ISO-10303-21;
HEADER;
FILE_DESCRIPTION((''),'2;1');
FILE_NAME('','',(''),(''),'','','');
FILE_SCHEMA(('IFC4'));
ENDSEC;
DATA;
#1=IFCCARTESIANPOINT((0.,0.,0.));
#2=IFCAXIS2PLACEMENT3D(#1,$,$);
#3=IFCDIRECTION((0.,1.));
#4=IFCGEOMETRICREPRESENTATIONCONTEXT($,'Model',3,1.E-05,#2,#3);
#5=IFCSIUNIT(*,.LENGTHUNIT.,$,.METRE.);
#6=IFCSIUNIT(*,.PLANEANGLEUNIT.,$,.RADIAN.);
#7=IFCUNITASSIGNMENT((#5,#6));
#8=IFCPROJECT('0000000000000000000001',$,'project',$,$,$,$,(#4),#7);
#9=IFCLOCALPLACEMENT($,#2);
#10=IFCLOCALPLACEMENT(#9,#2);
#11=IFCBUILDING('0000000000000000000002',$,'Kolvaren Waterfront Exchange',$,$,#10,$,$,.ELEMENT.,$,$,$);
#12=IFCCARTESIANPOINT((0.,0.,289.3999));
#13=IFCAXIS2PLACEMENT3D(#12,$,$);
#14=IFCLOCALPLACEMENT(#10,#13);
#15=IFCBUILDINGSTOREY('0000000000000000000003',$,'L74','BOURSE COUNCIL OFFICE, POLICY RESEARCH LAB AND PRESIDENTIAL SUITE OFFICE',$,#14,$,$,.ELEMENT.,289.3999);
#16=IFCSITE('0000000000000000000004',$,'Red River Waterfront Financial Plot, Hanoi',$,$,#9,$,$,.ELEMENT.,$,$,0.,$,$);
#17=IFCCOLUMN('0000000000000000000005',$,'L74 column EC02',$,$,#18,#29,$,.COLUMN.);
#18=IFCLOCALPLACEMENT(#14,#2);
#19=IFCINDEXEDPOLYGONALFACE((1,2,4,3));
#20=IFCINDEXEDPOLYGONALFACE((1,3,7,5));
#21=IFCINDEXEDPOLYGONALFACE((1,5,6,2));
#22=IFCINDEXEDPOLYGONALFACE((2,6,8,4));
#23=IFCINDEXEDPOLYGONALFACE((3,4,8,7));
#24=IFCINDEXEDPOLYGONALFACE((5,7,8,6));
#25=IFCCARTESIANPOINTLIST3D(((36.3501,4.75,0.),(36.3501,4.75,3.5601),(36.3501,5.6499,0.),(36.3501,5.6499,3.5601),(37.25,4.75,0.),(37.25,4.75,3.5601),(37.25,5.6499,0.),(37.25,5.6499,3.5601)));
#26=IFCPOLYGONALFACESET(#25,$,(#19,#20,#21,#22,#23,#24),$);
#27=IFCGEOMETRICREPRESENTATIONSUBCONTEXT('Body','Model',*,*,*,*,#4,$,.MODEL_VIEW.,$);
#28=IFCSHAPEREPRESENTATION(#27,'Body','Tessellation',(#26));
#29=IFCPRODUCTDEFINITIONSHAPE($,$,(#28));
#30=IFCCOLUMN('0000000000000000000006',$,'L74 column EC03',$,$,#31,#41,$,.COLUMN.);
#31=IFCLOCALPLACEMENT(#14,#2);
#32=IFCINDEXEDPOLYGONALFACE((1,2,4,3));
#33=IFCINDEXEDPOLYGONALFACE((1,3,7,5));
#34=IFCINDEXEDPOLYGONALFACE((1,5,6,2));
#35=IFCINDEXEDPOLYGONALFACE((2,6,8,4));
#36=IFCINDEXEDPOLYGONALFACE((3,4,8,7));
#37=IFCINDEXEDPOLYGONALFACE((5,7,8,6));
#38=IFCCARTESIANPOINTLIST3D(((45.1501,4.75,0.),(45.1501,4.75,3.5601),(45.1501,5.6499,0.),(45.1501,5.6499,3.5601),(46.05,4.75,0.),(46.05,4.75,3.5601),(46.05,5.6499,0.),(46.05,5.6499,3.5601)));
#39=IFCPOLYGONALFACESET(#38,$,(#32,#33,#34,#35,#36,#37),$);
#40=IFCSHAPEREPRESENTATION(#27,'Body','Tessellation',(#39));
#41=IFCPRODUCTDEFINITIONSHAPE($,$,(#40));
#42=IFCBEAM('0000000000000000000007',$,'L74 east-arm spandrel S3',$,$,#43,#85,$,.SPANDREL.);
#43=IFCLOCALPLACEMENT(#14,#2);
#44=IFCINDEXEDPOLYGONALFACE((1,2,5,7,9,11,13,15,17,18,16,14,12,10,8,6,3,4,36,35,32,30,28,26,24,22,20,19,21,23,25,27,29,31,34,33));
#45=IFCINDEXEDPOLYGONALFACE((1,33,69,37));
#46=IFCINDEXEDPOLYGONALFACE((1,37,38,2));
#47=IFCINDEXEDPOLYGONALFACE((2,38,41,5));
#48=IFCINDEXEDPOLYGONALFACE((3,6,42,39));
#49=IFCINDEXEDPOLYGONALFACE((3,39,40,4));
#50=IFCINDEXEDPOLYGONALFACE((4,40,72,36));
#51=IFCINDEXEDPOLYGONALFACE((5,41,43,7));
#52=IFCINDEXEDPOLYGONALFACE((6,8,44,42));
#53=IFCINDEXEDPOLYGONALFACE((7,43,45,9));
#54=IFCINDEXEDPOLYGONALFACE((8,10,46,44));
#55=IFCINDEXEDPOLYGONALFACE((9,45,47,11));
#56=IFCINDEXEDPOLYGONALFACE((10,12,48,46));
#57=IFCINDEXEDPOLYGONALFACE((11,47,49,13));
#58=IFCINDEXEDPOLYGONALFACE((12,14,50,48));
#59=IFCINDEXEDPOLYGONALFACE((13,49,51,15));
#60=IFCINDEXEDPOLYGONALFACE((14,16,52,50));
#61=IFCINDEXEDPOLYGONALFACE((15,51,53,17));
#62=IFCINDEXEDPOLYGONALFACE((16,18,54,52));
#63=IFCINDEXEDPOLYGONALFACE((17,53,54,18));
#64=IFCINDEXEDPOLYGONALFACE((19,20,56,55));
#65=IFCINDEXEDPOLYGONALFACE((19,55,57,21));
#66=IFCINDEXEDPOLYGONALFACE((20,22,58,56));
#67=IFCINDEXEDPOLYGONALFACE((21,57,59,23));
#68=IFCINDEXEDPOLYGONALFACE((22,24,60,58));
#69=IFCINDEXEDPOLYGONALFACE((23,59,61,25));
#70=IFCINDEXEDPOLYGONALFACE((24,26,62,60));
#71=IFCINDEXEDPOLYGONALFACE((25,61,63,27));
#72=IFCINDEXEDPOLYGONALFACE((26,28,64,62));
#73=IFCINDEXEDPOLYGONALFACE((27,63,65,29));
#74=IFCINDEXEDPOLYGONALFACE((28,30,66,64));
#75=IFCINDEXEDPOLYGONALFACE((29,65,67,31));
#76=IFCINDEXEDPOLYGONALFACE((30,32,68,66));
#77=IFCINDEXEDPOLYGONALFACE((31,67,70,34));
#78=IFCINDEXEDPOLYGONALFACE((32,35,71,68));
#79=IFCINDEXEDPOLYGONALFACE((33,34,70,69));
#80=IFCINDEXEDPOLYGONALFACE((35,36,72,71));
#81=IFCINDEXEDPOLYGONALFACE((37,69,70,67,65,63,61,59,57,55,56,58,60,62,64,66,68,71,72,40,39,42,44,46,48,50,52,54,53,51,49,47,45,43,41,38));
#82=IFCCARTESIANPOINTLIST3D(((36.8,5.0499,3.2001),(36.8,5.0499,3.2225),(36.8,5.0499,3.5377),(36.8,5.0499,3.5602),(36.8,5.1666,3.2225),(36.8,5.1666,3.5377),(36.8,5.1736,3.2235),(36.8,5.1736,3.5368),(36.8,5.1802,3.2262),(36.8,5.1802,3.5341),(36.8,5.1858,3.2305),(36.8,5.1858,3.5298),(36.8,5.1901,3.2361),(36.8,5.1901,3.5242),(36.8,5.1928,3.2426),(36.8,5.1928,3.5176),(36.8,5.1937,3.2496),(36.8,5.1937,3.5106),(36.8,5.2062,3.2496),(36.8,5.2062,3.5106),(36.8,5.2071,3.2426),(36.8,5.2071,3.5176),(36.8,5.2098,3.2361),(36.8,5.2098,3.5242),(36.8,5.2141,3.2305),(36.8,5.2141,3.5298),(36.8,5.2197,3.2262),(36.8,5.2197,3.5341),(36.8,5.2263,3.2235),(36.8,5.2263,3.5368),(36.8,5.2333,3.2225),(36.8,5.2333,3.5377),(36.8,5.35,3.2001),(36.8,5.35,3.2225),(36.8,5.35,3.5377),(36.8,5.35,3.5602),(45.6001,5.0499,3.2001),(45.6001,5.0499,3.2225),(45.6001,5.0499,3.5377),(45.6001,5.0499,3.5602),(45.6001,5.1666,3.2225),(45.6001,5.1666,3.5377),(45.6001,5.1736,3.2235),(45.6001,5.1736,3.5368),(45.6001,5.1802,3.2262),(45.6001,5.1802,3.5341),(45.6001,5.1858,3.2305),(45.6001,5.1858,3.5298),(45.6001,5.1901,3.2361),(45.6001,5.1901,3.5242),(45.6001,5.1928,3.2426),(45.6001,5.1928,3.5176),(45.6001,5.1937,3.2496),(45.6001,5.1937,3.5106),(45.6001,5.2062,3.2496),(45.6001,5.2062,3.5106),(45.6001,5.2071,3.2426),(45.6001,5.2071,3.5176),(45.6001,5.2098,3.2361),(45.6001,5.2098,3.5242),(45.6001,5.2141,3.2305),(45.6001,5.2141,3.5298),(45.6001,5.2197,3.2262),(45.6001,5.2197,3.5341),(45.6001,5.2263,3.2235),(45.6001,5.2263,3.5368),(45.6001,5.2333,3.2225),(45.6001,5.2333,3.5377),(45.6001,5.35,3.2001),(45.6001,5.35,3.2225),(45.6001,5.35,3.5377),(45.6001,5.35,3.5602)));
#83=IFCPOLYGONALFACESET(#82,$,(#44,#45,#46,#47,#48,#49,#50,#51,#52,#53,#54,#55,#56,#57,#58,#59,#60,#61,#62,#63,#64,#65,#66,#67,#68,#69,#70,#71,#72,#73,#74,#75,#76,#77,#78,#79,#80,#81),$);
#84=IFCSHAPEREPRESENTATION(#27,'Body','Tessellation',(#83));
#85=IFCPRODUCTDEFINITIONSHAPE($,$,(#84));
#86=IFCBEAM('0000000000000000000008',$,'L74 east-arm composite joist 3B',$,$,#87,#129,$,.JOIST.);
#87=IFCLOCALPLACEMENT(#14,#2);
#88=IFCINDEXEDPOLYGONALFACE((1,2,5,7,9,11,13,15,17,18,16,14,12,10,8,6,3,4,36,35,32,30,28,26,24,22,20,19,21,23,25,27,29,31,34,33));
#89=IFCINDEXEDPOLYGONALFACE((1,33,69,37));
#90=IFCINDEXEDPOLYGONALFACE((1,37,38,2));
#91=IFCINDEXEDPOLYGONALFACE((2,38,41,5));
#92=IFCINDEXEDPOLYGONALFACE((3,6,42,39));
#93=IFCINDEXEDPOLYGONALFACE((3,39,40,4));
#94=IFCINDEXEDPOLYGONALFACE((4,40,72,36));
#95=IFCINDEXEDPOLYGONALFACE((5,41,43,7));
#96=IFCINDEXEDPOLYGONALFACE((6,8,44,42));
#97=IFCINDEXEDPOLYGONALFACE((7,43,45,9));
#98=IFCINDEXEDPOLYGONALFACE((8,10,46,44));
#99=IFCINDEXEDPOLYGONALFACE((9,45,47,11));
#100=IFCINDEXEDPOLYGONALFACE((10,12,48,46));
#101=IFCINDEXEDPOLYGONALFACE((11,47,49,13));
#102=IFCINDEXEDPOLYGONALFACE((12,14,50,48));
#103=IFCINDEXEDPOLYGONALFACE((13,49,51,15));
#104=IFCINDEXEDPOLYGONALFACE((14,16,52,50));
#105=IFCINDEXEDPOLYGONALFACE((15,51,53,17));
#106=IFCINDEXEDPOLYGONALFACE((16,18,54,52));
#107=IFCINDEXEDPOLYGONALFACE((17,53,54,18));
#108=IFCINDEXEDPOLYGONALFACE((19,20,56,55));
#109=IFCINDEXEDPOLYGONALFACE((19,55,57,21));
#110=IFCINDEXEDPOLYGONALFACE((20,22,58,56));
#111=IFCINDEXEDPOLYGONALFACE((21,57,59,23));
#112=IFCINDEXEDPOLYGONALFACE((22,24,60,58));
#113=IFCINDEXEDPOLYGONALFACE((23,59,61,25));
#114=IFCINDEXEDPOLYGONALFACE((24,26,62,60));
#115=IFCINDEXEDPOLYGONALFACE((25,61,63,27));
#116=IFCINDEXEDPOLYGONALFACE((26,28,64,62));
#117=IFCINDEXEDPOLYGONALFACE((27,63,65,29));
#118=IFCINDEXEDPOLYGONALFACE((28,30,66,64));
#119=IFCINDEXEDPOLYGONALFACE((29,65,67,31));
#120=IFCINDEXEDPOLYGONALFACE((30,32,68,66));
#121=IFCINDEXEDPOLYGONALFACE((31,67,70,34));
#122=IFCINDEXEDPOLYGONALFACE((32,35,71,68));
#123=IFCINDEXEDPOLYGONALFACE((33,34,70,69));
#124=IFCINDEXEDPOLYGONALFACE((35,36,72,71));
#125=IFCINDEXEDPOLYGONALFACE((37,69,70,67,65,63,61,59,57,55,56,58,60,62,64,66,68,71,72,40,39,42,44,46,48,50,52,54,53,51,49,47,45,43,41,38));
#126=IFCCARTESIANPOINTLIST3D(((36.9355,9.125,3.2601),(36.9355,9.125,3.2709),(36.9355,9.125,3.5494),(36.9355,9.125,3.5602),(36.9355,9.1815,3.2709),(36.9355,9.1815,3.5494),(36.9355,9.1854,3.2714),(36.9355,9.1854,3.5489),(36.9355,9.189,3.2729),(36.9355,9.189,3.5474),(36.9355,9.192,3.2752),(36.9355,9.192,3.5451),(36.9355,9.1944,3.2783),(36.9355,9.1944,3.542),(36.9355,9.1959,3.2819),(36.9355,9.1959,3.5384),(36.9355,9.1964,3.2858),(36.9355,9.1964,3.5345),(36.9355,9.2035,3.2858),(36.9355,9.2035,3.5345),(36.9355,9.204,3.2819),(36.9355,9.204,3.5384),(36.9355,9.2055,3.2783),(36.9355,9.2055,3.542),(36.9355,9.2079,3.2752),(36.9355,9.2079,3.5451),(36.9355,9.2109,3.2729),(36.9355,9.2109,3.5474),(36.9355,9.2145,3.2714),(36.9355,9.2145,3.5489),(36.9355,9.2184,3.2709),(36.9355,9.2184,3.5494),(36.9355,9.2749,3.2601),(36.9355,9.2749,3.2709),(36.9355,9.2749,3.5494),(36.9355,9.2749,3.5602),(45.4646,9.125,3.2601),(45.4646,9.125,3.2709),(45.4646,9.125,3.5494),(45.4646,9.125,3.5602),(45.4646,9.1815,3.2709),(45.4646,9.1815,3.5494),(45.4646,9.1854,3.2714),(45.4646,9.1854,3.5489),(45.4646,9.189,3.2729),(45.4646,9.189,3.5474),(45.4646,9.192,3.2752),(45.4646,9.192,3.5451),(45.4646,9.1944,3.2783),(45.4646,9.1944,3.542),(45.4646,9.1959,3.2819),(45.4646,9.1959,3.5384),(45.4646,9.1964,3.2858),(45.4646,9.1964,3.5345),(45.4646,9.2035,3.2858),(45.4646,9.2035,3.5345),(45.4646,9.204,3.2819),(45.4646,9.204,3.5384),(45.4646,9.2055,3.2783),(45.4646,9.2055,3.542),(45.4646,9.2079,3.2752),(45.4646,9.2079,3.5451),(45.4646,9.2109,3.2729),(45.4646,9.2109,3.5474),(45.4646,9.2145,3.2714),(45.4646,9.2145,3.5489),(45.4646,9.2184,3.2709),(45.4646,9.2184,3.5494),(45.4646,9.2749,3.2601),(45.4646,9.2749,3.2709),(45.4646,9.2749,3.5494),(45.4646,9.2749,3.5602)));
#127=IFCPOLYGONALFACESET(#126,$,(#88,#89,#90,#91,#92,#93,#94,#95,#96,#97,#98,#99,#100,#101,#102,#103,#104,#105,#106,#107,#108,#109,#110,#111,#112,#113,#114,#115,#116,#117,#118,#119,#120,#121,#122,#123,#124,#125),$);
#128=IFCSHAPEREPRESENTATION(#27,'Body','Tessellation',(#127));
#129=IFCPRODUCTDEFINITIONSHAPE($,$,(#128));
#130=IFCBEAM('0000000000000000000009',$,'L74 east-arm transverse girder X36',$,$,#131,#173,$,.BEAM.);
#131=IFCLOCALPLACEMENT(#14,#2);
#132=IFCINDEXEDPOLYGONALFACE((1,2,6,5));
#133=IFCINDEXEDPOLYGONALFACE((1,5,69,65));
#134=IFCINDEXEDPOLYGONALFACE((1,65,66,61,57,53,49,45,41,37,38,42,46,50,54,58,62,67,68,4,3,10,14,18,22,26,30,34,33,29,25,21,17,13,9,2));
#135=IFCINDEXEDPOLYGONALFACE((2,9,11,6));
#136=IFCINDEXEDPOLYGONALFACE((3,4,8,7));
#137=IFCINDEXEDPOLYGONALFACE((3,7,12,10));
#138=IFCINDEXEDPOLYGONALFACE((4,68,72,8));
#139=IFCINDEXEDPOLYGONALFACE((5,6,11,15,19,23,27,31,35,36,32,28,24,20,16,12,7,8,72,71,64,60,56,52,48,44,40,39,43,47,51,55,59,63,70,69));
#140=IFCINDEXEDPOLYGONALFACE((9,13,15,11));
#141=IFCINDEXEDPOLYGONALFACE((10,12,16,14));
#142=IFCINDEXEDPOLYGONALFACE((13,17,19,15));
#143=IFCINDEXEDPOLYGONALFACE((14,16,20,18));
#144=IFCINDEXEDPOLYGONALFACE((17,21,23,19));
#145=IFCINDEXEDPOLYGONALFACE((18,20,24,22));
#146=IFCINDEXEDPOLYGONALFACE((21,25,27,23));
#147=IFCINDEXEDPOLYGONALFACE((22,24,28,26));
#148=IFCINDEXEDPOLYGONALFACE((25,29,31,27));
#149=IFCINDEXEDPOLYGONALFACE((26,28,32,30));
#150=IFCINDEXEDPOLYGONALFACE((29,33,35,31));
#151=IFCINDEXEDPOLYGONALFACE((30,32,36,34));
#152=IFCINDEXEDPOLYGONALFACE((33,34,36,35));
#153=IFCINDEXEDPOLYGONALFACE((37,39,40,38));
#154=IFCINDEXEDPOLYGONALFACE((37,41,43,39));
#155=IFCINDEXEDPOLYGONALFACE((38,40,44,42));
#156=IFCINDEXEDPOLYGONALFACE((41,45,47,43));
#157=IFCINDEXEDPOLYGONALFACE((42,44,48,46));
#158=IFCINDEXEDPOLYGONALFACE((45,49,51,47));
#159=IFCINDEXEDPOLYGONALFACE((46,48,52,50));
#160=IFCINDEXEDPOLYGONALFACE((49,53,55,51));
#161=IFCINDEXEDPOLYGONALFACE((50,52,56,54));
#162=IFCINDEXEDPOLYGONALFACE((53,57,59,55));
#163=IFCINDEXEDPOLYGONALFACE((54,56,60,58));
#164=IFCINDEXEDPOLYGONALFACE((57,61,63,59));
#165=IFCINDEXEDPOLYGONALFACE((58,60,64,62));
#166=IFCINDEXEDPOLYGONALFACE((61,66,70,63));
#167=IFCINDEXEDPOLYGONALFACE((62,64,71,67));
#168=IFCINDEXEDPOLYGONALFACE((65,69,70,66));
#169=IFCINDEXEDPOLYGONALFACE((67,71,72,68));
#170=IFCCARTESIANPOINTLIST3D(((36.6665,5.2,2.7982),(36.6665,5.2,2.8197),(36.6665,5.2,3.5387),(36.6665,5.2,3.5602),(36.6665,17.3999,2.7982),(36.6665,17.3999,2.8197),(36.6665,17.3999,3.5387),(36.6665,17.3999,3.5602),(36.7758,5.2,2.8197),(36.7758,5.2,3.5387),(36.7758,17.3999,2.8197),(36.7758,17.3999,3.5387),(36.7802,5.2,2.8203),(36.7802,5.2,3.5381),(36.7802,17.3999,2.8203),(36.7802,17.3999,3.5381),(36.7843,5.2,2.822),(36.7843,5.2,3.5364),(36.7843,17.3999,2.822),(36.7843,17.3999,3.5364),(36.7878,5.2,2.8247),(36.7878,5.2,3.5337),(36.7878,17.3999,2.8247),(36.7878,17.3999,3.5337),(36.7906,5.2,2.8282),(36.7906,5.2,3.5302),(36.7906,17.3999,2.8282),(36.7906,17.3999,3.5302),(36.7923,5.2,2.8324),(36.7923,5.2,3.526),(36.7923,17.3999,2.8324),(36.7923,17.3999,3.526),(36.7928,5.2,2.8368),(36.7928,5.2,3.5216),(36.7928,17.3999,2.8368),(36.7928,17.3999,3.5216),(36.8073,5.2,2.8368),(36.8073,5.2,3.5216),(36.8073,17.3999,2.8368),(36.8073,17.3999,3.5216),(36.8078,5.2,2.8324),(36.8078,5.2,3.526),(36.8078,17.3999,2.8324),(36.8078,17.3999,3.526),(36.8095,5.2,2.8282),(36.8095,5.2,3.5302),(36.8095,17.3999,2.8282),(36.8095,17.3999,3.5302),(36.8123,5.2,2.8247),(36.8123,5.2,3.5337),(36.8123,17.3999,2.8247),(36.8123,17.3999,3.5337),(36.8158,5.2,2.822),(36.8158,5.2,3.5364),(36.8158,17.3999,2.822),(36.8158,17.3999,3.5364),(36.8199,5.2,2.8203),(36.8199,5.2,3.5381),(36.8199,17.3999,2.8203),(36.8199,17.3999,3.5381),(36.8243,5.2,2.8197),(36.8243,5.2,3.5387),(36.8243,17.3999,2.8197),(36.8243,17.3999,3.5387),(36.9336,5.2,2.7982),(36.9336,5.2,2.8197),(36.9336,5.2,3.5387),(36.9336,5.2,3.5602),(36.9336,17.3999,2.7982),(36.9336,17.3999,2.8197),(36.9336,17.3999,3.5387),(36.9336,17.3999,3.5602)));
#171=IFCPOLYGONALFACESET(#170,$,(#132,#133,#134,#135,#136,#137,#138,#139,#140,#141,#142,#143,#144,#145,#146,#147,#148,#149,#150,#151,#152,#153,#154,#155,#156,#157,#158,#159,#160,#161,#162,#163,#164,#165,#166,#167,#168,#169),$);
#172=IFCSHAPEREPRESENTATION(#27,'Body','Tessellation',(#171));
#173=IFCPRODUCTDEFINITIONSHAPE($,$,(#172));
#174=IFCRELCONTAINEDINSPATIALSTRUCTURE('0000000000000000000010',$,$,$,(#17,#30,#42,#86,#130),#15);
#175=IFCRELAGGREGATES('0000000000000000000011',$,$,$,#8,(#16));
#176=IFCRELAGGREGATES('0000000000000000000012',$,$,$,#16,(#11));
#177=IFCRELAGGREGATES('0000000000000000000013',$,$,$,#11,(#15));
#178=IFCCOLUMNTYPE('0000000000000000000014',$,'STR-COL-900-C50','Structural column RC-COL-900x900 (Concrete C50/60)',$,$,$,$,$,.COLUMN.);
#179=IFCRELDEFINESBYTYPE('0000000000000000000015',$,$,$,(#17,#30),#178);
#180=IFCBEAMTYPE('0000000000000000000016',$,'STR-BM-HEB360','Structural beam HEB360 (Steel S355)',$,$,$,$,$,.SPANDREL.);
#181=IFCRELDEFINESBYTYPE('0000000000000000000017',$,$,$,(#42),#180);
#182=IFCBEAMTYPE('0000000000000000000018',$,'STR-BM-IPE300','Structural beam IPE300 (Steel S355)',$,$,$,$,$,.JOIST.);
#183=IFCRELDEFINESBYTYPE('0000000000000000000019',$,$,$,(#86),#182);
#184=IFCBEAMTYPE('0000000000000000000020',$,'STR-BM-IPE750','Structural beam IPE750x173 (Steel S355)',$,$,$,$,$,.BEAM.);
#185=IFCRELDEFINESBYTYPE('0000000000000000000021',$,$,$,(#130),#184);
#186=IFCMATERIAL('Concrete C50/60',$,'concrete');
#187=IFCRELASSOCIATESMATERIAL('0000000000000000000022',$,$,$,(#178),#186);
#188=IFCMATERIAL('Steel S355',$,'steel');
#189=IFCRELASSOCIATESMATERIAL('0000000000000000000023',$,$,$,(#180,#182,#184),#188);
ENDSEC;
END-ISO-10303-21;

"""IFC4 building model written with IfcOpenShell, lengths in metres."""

from ifc_helpers import new_model, si_unit, direction, frame, origin, origin_2d, place, context, subcontext, project, spatial, rectangle, i_section, extrude, material, material_profile, profile_set, type_object, element, save


model = new_model("IFC4")

# Units and contexts
model_context = context("Model", 3, precision=1e-05, world=origin(), true_north=direction((0.0, 1.0)))
body_context = subcontext(model_context, "Body", "Model", "MODEL_VIEW")
ifc_project = project(units=[si_unit("LENGTHUNIT", "METRE"), si_unit("PLANEANGLEUNIT", "RADIAN")], contexts=[model_context])

# Site, building, storey
site_placement = place(None, origin())
site = spatial("IfcSite", under=ifc_project, at=site_placement, Name="Red River Waterfront Financial Plot, Hanoi", CompositionType="ELEMENT", RefElevation=0.0)
building_placement = place(site_placement, origin())
building = spatial("IfcBuilding", under=site, at=building_placement, Name="Kolvaren Waterfront Exchange", CompositionType="ELEMENT")
storey_placement = place(building_placement, frame((0.0, 0.0, 289.3999)))
storey = spatial("IfcBuildingStorey", under=building, at=storey_placement, Name="L74", Description="BOURSE COUNCIL OFFICE, POLICY RESEARCH LAB AND PRESIDENTIAL SUITE OFFICE", CompositionType="ELEMENT", Elevation=289.3999)

# Columns
ifc_material_1 = material(Name="Concrete C50/60", Category="concrete")
ifc_material_profile_1 = material_profile(ifc_material_1, rectangle(XDim=0.8999, YDim=0.8999, at=origin_2d()), Name="RC-COL-900x900")
ifc_profile_set_1 = profile_set([ifc_material_profile_1], Name="Concrete C50/60")
column_type = type_object("IfcColumnType", Name="STR-COL-900-C50", Description="Structural column RC-COL-900x900 (Concrete C50/60)", PredefinedType="COLUMN", material=ifc_profile_set_1)
for number, where, z_axis, x_axis, name in (
    (1, (36.8, 5.2, 0.0), (0.0, 0.0, 1.0), (1.0, 0.0, 0.0), "L74 column EC02"),
    (2, (45.6001, 5.2, 0.0), (0.0, 0.0, 1.0), (1.0, 0.0, 0.0), "L74 column EC03"),
):
    element("IfcColumn", number, at=place(storey_placement, frame(where, z_axis=z_axis, x_axis=x_axis)), inside=storey, type_object=column_type, Name=name, PredefinedType="COLUMN", context=body_context, shape_type="SweptSolid", body=[
        extrude(rectangle(XDim=0.8999, YDim=0.8999, at=origin_2d()), origin(), (0.0, 0.0, 1.0), 3.5601),
    ])

# Beams
ifc_material_2 = material(Name="Steel S355", Category="steel")
ifc_material_profile_2 = material_profile(ifc_material_2, i_section(OverallWidth=0.3, OverallDepth=0.3601, WebThickness=0.0125, FlangeThickness=0.0225, FilletRadius=0.0271, at=origin_2d()), Name="HEB360")
ifc_profile_set_2 = profile_set([ifc_material_profile_2], Name="Steel S355")
beam_type_1 = type_object("IfcBeamType", Name="STR-BM-HEB360", Description="Structural beam HEB360 (Steel S355)", PredefinedType="SPANDREL", material=ifc_profile_set_2)
beam_1_placement = place(storey_placement, frame((36.8, 5.2, 3.3801), z_axis=(1.0, 0.0, 0.0), x_axis=(0.0, 1.0, 0.0)))
element("IfcBeam", 3, at=beam_1_placement, inside=storey, type_object=beam_type_1, Name="L74 east-arm spandrel S3", PredefinedType="SPANDREL", context=body_context, shape_type="SweptSolid", body=[
    extrude(i_section(OverallWidth=0.3, OverallDepth=0.3601, WebThickness=0.0125, FlangeThickness=0.0225, FilletRadius=0.0271, at=origin_2d()), origin(), (0.0, 0.0, 1.0), 8.8),
])
ifc_material_profile_3 = material_profile(ifc_material_2, i_section(OverallWidth=0.1499, OverallDepth=0.3, WebThickness=0.0071, FlangeThickness=0.0107, FilletRadius=0.0149, at=origin_2d()), Name="IPE300")
ifc_profile_set_3 = profile_set([ifc_material_profile_3], Name="Steel S355")
beam_type_2 = type_object("IfcBeamType", Name="STR-BM-IPE300", Description="Structural beam IPE300 (Steel S355)", PredefinedType="JOIST", material=ifc_profile_set_3)
beam_2_placement = place(storey_placement, frame((36.9355, 9.2, 3.4102), z_axis=(1.0, 0.0, 0.0), x_axis=(0.0, 1.0, 0.0)))
element("IfcBeam", 4, at=beam_2_placement, inside=storey, type_object=beam_type_2, Name="L74 east-arm composite joist 3B", PredefinedType="JOIST", context=body_context, shape_type="SweptSolid", body=[
    extrude(i_section(OverallWidth=0.1499, OverallDepth=0.3, WebThickness=0.0071, FlangeThickness=0.0107, FilletRadius=0.0149, at=origin_2d()), origin(), (0.0, 0.0, 1.0), 8.5291),
])
ifc_material_profile_4 = material_profile(ifc_material_2, i_section(OverallWidth=0.2671, OverallDepth=0.762, WebThickness=0.0144, FlangeThickness=0.0215, FilletRadius=0.0171, at=origin_2d()), Name="IPE750x173")
ifc_profile_set_4 = profile_set([ifc_material_profile_4], Name="Steel S355")
beam_type_3 = type_object("IfcBeamType", Name="STR-BM-IPE750", Description="Structural beam IPE750x173 (Steel S355)", PredefinedType="BEAM", material=ifc_profile_set_4)
for number, where, z_axis, x_axis, name in (
    (5, (36.8, 5.2, 3.1792), (0.0, 1.0, 0.0), (-1.0, 0.0, 0.0), "L74 east-arm transverse girder X36"),
):
    element("IfcBeam", number, at=place(storey_placement, frame(where, z_axis=z_axis, x_axis=x_axis)), inside=storey, type_object=beam_type_3, Name=name, PredefinedType="BEAM", context=body_context, shape_type="SweptSolid", body=[
        extrude(i_section(OverallWidth=0.2671, OverallDepth=0.762, WebThickness=0.0144, FlangeThickness=0.0215, FilletRadius=0.0171, at=origin_2d()), origin(), (0.0, 0.0, 1.0), 12.2),
    ])

save(model, "model.ifc")
